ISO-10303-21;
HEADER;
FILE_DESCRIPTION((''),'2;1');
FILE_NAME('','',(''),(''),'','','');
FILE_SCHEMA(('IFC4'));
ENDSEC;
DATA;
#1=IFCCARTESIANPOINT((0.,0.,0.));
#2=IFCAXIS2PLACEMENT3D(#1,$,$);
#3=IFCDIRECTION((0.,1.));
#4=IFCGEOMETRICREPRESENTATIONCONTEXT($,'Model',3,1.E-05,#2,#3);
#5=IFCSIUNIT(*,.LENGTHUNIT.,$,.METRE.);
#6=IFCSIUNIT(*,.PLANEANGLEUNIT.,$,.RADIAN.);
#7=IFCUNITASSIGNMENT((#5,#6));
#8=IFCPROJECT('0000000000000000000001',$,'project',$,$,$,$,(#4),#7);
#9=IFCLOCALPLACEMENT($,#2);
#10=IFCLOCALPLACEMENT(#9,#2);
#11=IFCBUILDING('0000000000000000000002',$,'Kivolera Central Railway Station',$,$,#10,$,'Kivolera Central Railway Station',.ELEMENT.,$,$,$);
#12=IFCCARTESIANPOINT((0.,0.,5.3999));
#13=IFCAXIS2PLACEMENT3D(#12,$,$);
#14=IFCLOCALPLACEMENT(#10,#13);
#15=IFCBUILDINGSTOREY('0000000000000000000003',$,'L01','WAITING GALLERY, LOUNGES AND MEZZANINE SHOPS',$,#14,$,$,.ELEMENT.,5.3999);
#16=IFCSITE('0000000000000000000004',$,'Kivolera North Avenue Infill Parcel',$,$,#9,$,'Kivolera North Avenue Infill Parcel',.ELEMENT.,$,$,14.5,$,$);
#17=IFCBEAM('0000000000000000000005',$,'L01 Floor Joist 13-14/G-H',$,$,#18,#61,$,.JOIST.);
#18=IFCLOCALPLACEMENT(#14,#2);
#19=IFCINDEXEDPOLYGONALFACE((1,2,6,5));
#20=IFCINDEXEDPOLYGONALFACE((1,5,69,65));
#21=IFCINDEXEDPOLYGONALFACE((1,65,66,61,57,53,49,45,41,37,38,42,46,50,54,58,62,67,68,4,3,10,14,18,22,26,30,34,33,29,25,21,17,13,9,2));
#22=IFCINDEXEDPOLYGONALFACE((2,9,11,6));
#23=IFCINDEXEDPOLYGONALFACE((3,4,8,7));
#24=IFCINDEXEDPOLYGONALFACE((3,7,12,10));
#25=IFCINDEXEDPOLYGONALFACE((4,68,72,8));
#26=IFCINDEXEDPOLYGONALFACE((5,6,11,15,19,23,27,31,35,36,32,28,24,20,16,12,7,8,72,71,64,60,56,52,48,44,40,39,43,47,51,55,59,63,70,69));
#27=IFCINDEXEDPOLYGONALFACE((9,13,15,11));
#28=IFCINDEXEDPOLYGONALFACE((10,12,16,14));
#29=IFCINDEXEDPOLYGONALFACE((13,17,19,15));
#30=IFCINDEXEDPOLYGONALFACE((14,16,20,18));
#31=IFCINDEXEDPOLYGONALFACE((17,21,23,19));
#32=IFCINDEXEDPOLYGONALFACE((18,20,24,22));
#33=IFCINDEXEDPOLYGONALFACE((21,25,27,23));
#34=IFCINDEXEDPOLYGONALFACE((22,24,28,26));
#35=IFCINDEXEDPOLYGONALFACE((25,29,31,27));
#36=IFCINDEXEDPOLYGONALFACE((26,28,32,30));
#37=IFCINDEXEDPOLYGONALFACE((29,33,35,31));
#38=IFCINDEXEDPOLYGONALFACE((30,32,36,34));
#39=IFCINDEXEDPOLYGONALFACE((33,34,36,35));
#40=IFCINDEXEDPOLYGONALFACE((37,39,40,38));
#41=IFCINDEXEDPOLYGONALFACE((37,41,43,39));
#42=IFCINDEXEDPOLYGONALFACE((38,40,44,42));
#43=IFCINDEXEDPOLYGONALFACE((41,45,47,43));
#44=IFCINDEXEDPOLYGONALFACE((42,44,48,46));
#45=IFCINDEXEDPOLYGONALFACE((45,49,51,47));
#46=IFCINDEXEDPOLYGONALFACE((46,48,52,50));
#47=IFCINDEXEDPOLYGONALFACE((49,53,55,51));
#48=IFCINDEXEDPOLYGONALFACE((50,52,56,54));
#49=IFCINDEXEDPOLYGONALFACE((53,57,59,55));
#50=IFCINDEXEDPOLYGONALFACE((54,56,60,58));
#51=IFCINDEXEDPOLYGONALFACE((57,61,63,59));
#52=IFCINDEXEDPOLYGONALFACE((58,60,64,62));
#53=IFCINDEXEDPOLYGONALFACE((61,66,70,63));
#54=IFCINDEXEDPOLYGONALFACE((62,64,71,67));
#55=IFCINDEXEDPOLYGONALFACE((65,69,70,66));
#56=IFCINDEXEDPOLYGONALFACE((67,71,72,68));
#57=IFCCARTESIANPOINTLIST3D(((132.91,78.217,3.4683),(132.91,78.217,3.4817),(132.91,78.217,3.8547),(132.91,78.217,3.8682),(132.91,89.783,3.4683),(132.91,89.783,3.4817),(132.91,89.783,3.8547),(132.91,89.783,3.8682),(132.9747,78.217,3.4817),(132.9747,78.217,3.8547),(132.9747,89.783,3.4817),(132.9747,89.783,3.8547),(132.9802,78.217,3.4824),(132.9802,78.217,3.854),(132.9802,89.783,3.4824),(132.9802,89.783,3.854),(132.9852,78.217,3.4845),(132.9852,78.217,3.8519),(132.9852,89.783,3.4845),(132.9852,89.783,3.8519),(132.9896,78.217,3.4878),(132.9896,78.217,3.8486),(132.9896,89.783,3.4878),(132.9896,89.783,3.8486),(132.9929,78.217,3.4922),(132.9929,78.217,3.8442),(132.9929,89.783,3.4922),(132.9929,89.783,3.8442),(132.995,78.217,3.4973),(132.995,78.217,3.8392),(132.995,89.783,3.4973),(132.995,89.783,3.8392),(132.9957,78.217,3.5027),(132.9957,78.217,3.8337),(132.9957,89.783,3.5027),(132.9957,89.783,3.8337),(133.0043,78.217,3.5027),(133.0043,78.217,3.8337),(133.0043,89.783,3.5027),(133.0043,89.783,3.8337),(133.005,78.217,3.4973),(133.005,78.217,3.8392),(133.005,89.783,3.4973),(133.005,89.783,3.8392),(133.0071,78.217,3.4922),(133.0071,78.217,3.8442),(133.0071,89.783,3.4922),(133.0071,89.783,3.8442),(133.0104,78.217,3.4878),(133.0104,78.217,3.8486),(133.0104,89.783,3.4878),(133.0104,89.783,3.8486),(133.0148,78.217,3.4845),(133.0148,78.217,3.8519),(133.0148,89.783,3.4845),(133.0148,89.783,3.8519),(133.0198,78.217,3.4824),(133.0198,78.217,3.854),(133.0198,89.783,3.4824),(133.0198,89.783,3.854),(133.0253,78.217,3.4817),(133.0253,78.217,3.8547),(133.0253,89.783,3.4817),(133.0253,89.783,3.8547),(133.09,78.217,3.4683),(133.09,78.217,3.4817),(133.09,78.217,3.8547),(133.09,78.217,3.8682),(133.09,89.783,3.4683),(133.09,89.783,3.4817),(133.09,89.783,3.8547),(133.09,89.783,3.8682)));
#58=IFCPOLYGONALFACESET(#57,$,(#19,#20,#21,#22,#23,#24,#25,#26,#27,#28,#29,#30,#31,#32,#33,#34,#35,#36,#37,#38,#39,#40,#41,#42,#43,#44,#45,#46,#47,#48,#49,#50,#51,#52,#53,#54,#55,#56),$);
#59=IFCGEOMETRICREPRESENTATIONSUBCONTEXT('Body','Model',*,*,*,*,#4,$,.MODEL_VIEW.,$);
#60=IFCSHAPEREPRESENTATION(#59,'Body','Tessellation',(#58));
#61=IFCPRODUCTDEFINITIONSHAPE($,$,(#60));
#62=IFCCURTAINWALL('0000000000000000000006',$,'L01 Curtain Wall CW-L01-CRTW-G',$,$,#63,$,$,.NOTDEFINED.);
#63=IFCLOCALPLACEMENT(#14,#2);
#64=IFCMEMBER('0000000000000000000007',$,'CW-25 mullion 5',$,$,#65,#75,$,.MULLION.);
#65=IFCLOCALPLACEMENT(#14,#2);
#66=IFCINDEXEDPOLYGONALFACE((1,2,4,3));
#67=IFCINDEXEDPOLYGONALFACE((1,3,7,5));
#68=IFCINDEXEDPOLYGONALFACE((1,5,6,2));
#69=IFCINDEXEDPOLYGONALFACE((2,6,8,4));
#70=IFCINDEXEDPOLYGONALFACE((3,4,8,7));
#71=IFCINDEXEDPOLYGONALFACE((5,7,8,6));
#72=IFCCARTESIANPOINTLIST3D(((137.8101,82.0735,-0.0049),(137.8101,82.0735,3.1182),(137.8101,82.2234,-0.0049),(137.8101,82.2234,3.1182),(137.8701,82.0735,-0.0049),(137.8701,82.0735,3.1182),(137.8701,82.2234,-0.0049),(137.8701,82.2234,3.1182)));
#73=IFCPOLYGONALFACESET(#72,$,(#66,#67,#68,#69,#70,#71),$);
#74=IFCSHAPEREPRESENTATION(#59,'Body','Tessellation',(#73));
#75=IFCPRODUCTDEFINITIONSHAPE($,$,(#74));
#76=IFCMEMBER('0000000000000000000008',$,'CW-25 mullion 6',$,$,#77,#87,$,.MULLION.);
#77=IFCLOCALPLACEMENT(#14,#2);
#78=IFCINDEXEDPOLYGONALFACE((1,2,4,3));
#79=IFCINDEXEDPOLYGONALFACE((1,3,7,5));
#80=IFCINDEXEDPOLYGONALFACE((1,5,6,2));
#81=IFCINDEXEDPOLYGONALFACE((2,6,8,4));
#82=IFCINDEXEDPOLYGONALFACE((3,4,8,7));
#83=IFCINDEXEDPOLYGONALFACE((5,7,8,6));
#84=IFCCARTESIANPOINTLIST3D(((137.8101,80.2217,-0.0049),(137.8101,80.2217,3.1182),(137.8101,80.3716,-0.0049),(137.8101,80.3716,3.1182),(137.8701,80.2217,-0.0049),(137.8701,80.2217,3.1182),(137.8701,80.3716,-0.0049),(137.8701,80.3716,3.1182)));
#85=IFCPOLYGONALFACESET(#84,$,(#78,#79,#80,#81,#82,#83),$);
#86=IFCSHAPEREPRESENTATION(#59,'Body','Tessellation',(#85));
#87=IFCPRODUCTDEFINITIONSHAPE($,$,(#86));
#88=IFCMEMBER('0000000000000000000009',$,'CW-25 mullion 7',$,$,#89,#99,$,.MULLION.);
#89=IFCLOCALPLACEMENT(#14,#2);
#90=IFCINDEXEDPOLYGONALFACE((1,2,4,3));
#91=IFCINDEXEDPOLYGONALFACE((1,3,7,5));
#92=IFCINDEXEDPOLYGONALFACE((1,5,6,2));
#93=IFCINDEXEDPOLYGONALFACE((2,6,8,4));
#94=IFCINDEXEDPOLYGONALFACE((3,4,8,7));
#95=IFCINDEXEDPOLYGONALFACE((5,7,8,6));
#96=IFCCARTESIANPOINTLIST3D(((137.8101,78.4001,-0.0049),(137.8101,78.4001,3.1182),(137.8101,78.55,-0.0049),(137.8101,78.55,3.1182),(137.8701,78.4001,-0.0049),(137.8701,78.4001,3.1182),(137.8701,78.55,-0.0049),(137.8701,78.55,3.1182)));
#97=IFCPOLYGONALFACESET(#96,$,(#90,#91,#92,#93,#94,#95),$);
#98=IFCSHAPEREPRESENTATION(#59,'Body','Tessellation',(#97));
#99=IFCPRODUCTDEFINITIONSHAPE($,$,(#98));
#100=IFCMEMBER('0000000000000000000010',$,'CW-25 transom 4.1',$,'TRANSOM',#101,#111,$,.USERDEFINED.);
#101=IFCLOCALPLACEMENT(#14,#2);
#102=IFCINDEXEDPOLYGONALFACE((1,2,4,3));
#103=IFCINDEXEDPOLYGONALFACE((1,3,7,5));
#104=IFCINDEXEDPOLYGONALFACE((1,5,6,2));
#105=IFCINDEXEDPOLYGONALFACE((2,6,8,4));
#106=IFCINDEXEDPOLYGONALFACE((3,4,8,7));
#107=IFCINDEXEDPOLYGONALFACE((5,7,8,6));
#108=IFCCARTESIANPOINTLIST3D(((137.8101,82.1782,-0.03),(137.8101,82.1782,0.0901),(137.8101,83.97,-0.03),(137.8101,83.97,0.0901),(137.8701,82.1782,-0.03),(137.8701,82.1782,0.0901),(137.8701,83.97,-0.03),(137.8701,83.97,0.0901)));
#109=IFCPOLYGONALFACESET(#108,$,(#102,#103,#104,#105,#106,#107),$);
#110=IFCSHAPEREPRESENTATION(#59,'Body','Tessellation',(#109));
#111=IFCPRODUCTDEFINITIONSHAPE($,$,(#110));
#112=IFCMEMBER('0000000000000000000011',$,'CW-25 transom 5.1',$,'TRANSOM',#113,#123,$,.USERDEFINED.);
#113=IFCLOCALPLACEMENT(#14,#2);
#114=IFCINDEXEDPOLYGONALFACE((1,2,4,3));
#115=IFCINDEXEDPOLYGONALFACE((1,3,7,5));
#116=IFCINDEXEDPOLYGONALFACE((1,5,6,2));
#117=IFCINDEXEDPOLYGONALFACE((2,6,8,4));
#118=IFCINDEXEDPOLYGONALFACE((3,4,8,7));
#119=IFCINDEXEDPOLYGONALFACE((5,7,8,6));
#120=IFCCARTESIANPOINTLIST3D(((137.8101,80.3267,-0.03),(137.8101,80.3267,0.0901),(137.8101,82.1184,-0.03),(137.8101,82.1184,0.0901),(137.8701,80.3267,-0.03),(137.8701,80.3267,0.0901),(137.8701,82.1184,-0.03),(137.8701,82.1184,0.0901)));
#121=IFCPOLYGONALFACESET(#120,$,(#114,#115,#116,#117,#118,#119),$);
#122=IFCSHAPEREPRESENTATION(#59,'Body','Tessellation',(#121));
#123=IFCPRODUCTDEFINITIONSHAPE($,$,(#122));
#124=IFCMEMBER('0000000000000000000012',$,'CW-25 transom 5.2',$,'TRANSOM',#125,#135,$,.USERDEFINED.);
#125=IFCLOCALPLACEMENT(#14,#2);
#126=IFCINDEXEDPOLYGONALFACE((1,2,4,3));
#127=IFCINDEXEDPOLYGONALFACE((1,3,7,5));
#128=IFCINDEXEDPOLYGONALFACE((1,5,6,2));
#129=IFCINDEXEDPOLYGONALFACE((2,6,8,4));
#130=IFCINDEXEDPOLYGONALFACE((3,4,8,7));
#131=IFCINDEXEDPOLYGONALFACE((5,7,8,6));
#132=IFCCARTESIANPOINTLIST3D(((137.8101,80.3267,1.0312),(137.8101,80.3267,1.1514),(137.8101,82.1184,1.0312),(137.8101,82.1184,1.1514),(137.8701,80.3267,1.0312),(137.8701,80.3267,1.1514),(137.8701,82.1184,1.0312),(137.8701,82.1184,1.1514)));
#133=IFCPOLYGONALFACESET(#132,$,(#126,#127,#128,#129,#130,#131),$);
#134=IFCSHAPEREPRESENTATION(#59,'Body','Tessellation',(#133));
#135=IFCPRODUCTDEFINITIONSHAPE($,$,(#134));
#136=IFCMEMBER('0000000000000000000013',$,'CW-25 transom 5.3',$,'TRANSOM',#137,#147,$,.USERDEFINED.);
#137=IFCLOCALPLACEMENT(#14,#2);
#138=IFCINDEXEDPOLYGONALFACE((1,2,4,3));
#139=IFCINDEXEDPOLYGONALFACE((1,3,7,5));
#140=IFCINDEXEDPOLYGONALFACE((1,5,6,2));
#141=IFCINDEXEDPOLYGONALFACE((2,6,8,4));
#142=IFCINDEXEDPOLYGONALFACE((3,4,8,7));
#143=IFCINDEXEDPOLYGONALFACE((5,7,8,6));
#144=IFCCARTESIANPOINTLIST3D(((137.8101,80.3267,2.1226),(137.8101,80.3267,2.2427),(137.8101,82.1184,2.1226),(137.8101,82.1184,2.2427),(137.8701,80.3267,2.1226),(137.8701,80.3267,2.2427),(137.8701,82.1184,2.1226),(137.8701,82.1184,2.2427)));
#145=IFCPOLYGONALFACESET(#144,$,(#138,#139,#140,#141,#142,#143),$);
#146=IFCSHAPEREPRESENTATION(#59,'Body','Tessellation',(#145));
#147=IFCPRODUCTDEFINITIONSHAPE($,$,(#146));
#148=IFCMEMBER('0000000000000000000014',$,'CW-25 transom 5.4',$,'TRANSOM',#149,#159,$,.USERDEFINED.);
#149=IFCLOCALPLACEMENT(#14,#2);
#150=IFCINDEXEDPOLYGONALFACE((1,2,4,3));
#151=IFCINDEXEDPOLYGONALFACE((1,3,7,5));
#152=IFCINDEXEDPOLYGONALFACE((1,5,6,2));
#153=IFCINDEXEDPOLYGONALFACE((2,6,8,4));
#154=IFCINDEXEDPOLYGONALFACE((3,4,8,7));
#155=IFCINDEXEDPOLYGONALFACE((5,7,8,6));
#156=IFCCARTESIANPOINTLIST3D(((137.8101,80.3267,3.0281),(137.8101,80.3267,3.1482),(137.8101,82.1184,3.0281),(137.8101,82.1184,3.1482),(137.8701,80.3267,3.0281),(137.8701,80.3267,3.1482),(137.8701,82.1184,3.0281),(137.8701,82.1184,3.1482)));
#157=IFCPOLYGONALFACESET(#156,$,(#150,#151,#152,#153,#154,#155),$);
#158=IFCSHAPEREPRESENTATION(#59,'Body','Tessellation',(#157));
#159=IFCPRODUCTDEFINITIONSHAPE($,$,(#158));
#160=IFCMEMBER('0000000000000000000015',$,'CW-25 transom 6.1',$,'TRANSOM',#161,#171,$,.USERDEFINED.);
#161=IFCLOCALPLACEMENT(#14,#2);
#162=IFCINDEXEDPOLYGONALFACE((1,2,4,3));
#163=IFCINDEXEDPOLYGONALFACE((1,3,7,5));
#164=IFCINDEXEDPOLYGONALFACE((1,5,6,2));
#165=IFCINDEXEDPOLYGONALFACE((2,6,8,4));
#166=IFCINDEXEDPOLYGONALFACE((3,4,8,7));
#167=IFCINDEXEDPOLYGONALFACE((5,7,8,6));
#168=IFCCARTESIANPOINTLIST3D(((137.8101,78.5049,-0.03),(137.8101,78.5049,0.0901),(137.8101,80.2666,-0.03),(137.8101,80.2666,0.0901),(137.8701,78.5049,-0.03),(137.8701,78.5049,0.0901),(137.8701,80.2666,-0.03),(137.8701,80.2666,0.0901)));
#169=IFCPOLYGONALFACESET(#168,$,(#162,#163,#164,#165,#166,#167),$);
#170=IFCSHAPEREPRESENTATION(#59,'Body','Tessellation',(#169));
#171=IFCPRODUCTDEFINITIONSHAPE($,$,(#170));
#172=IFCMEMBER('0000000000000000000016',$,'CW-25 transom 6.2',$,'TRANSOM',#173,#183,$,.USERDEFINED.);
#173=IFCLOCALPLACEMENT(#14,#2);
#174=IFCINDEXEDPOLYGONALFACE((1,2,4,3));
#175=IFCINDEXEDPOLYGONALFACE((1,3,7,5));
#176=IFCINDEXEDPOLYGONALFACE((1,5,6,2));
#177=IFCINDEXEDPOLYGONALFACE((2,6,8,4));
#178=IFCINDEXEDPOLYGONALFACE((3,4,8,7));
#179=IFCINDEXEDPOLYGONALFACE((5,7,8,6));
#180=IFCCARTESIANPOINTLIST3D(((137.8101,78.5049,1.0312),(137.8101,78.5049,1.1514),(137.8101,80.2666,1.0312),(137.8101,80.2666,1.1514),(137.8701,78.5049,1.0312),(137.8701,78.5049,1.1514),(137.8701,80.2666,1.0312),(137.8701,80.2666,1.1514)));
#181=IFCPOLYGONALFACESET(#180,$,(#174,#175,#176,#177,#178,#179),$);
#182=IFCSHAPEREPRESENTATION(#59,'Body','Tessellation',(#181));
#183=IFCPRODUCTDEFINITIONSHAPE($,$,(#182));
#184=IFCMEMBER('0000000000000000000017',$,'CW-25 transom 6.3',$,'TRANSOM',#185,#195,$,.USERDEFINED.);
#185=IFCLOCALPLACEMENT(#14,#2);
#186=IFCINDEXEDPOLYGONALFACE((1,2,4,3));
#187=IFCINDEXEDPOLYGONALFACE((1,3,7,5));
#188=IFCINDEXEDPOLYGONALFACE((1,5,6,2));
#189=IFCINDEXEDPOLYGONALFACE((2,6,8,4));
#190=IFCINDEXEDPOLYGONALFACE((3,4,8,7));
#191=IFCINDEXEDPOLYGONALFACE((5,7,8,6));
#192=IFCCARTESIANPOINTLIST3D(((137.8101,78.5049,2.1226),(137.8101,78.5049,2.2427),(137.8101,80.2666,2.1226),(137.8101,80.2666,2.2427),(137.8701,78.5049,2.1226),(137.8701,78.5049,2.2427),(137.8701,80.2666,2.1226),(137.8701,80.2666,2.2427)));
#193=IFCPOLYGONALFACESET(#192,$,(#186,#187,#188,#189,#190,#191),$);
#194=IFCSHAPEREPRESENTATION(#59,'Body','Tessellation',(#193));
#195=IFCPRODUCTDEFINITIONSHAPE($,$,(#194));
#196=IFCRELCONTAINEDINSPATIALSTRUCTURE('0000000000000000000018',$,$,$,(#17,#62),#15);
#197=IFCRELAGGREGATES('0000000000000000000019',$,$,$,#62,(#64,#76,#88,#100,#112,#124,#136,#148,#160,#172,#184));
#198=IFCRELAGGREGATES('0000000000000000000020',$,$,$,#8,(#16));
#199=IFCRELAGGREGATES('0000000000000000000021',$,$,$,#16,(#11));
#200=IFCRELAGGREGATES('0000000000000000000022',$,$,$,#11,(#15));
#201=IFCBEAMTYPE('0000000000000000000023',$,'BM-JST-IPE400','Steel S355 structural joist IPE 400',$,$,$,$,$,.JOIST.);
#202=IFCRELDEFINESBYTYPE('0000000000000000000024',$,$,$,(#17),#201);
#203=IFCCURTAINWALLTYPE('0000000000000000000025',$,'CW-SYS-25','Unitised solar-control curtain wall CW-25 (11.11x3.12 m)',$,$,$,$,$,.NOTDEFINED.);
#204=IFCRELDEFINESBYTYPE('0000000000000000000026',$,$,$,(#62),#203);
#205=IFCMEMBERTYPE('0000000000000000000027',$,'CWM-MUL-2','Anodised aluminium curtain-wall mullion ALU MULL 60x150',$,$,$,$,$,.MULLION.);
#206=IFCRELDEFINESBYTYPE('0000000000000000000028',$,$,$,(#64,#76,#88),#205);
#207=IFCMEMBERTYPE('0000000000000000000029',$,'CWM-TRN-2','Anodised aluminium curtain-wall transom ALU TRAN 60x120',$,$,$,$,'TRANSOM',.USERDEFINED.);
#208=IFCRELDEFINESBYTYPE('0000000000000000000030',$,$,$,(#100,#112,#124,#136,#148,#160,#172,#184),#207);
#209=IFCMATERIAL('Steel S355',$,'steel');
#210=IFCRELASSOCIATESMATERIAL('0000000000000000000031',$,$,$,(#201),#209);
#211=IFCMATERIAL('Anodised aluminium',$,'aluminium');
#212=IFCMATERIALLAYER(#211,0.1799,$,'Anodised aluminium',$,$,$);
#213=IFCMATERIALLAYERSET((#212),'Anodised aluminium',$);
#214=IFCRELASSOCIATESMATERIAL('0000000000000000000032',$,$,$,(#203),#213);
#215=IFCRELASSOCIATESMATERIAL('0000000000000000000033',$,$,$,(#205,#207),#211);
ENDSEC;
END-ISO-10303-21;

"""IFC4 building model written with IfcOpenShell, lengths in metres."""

from ifc_helpers import new_model, si_unit, direction, frame, origin, origin_2d, place, context, subcontext, project, spatial, rectangle, i_section, extrude, material, layer, layer_set, material_profile, profile_set, type_object, element, aggregate, save


model = new_model("IFC4")

# Units and contexts
model_context = context("Model", 3, precision=1e-05, world=origin(), true_north=direction((0.0, 1.0)))
body_context = subcontext(model_context, "Body", "Model", "MODEL_VIEW")
ifc_project = project(units=[si_unit("LENGTHUNIT", "METRE"), si_unit("PLANEANGLEUNIT", "RADIAN")], contexts=[model_context])

# Site, building, storey
site_placement = place(None, origin())
site = spatial("IfcSite", under=ifc_project, at=site_placement, Name="Kivolera North Avenue Infill Parcel", LongName="Kivolera North Avenue Infill Parcel", CompositionType="ELEMENT", RefElevation=14.5)
building_placement = place(site_placement, origin())
building = spatial("IfcBuilding", under=site, at=building_placement, Name="Kivolera Central Railway Station", LongName="Kivolera Central Railway Station", CompositionType="ELEMENT")
storey_placement = place(building_placement, frame((0.0, 0.0, 5.3999)))
storey = spatial("IfcBuildingStorey", under=building, at=storey_placement, Name="L01", Description="WAITING GALLERY, LOUNGES AND MEZZANINE SHOPS", CompositionType="ELEMENT", Elevation=5.3999)

# Beam
ifc_material_1 = material(Name="Steel S355", Category="steel")
ifc_material_profile_1 = material_profile(ifc_material_1, i_section(OverallWidth=0.1799, OverallDepth=0.3999, WebThickness=0.0085, FlangeThickness=0.0134, FilletRadius=0.021, at=origin_2d()), Name="IPE 400")
ifc_profile_set_1 = profile_set([ifc_material_profile_1], Name="Steel S355")
beam_type = type_object("IfcBeamType", Name="BM-JST-IPE400", Description="Steel S355 structural joist IPE 400", PredefinedType="JOIST", material=ifc_profile_set_1)
beam_placement = place(storey_placement, frame((133.0, 78.217, 3.6682), z_axis=(0.0, 1.0, 0.0), x_axis=(-1.0, 0.0, 0.0)))
element("IfcBeam", 1, at=beam_placement, inside=storey, type_object=beam_type, Name="L01 Floor Joist 13-14/G-H", PredefinedType="JOIST", context=body_context, shape_type="SweptSolid", body=[
    extrude(i_section(OverallWidth=0.1799, OverallDepth=0.3999, WebThickness=0.0085, FlangeThickness=0.0134, FilletRadius=0.021, at=origin_2d()), origin(), (0.0, 0.0, 1.0), 11.5659),
])

# Curtain wall, members
ifc_material_2 = material(Name="Anodised aluminium", Category="aluminium")
ifc_layer_1 = layer(ifc_material_2, 0.1799, Name="Anodised aluminium")
ifc_layer_set_1 = layer_set([ifc_layer_1], Name="Anodised aluminium")
curtain_wall_type = type_object("IfcCurtainWallType", Name="CW-SYS-25", Description="Unitised solar-control curtain wall CW-25 (11.11x3.12 m)", PredefinedType="NOTDEFINED", material=ifc_layer_set_1)
curtain_wall_placement = place(storey_placement, origin())
curtain_wall = element("IfcCurtainWall", 2, at=curtain_wall_placement, inside=storey, type_object=curtain_wall_type, Name="L01 Curtain Wall CW-L01-CRTW-G", PredefinedType="NOTDEFINED")
ifc_material_profile_2 = material_profile(ifc_material_2, rectangle(XDim=0.0601, YDim=0.1499, at=origin_2d()), Name="ALU MULL 60x150")
ifc_profile_set_2 = profile_set([ifc_material_profile_2], Name="Anodised aluminium")
member_type_1 = type_object("IfcMemberType", Name="CWM-MUL-2", Description="Anodised aluminium curtain-wall mullion ALU MULL 60x150", PredefinedType="MULLION", material=ifc_profile_set_2)
member_1_placement = place(storey_placement, frame((137.8401, 82.1484, -0.0049), z_axis=(0.0, 0.0, 1.0), x_axis=(1.0, 0.0, 0.0)))
member_1 = element("IfcMember", 3, at=member_1_placement, type_object=member_type_1, Name="CW-25 mullion 5", PredefinedType="MULLION", context=body_context, shape_type="SweptSolid", body=[
    extrude(rectangle(XDim=0.0601, YDim=0.1499, at=origin_2d()), origin(), (0.0, 0.0, 1.0), 3.123),
])
member_2_placement = place(storey_placement, frame((137.8401, 80.2966, -0.0049), z_axis=(0.0, 0.0, 1.0), x_axis=(1.0, 0.0, 0.0)))
member_2 = element("IfcMember", 4, at=member_2_placement, type_object=member_type_1, Name="CW-25 mullion 6", PredefinedType="MULLION", context=body_context, shape_type="SweptSolid", body=[
    extrude(rectangle(XDim=0.0601, YDim=0.1499, at=origin_2d()), origin(), (0.0, 0.0, 1.0), 3.123),
])
member_3_placement = place(storey_placement, frame((137.8401, 78.4751, -0.0049), z_axis=(0.0, 0.0, 1.0), x_axis=(1.0, 0.0, 0.0)))
member_3 = element("IfcMember", 5, at=member_3_placement, type_object=member_type_1, Name="CW-25 mullion 7", PredefinedType="MULLION", context=body_context, shape_type="SweptSolid", body=[
    extrude(rectangle(XDim=0.0601, YDim=0.1499, at=origin_2d()), origin(), (0.0, 0.0, 1.0), 3.123),
])
ifc_material_profile_3 = material_profile(ifc_material_2, rectangle(XDim=0.0601, YDim=0.1201, at=origin_2d()), Name="ALU TRAN 60x120")
ifc_profile_set_3 = profile_set([ifc_material_profile_3], Name="Anodised aluminium")
member_type_2 = type_object("IfcMemberType", Name="CWM-TRN-2", Description="Anodised aluminium curtain-wall transom ALU TRAN 60x120", ElementType="TRANSOM", PredefinedType="USERDEFINED", material=ifc_profile_set_3)
member_4_placement = place(storey_placement, frame((137.8401, 83.97, 0.03), z_axis=(0.0, -1.0, 0.0), x_axis=(1.0, 0.0, 0.0)))
member_4 = element("IfcMember", 6, at=member_4_placement, type_object=member_type_2, Name="CW-25 transom 4.1", ObjectType="TRANSOM", PredefinedType="USERDEFINED", context=body_context, shape_type="SweptSolid", body=[
    extrude(rectangle(XDim=0.0601, YDim=0.1201, at=origin_2d()), origin(), (0.0, 0.0, 1.0), 1.7917),
])
member_5_placement = place(storey_placement, frame((137.8401, 82.1184, 0.03), z_axis=(0.0, -1.0, 0.0), x_axis=(1.0, 0.0, 0.0)))
member_5 = element("IfcMember", 7, at=member_5_placement, type_object=member_type_2, Name="CW-25 transom 5.1", ObjectType="TRANSOM", PredefinedType="USERDEFINED", context=body_context, shape_type="SweptSolid", body=[
    extrude(rectangle(XDim=0.0601, YDim=0.1201, at=origin_2d()), origin(), (0.0, 0.0, 1.0), 1.7917),
])
member_6_placement = place(storey_placement, frame((137.8401, 82.1184, 1.0913), z_axis=(0.0, -1.0, 0.0), x_axis=(1.0, 0.0, 0.0)))
member_6 = element("IfcMember", 8, at=member_6_placement, type_object=member_type_2, Name="CW-25 transom 5.2", ObjectType="TRANSOM", PredefinedType="USERDEFINED", context=body_context, shape_type="SweptSolid", body=[
    extrude(rectangle(XDim=0.0601, YDim=0.1201, at=origin_2d()), origin(), (0.0, 0.0, 1.0), 1.7917),
])
member_7_placement = place(storey_placement, frame((137.8401, 82.1184, 2.1826), z_axis=(0.0, -1.0, 0.0), x_axis=(1.0, 0.0, 0.0)))
member_7 = element("IfcMember", 9, at=member_7_placement, type_object=member_type_2, Name="CW-25 transom 5.3", ObjectType="TRANSOM", PredefinedType="USERDEFINED", context=body_context, shape_type="SweptSolid", body=[
    extrude(rectangle(XDim=0.0601, YDim=0.1201, at=origin_2d()), origin(), (0.0, 0.0, 1.0), 1.7917),
])
member_8_placement = place(storey_placement, frame((137.8401, 82.1184, 3.0881), z_axis=(0.0, -1.0, 0.0), x_axis=(1.0, 0.0, 0.0)))
member_8 = element("IfcMember", 10, at=member_8_placement, type_object=member_type_2, Name="CW-25 transom 5.4", ObjectType="TRANSOM", PredefinedType="USERDEFINED", context=body_context, shape_type="SweptSolid", body=[
    extrude(rectangle(XDim=0.0601, YDim=0.1201, at=origin_2d()), origin(), (0.0, 0.0, 1.0), 1.7917),
])
member_9_placement = place(storey_placement, frame((137.8401, 80.2666, 0.03), z_axis=(0.0, -1.0, 0.0), x_axis=(1.0, 0.0, 0.0)))
member_9 = element("IfcMember", 11, at=member_9_placement, type_object=member_type_2, Name="CW-25 transom 6.1", ObjectType="TRANSOM", PredefinedType="USERDEFINED", context=body_context, shape_type="SweptSolid", body=[
    extrude(rectangle(XDim=0.0601, YDim=0.1201, at=origin_2d()), origin(), (0.0, 0.0, 1.0), 1.7617),
])
member_10_placement = place(storey_placement, frame((137.8401, 80.2666, 1.0913), z_axis=(0.0, -1.0, 0.0), x_axis=(1.0, 0.0, 0.0)))
member_10 = element("IfcMember", 12, at=member_10_placement, type_object=member_type_2, Name="CW-25 transom 6.2", ObjectType="TRANSOM", PredefinedType="USERDEFINED", context=body_context, shape_type="SweptSolid", body=[
    extrude(rectangle(XDim=0.0601, YDim=0.1201, at=origin_2d()), origin(), (0.0, 0.0, 1.0), 1.7617),
])
member_11_placement = place(storey_placement, frame((137.8401, 80.2666, 2.1826), z_axis=(0.0, -1.0, 0.0), x_axis=(1.0, 0.0, 0.0)))
member_11 = element("IfcMember", 13, at=member_11_placement, type_object=member_type_2, Name="CW-25 transom 6.3", ObjectType="TRANSOM", PredefinedType="USERDEFINED", context=body_context, shape_type="SweptSolid", body=[
    extrude(rectangle(XDim=0.0601, YDim=0.1201, at=origin_2d()), origin(), (0.0, 0.0, 1.0), 1.7617),
])
aggregate(curtain_wall, [member_1, member_2, member_3, member_4, member_5, member_6, member_7, member_8, member_9, member_10, member_11])

save(model, "model.ifc")
